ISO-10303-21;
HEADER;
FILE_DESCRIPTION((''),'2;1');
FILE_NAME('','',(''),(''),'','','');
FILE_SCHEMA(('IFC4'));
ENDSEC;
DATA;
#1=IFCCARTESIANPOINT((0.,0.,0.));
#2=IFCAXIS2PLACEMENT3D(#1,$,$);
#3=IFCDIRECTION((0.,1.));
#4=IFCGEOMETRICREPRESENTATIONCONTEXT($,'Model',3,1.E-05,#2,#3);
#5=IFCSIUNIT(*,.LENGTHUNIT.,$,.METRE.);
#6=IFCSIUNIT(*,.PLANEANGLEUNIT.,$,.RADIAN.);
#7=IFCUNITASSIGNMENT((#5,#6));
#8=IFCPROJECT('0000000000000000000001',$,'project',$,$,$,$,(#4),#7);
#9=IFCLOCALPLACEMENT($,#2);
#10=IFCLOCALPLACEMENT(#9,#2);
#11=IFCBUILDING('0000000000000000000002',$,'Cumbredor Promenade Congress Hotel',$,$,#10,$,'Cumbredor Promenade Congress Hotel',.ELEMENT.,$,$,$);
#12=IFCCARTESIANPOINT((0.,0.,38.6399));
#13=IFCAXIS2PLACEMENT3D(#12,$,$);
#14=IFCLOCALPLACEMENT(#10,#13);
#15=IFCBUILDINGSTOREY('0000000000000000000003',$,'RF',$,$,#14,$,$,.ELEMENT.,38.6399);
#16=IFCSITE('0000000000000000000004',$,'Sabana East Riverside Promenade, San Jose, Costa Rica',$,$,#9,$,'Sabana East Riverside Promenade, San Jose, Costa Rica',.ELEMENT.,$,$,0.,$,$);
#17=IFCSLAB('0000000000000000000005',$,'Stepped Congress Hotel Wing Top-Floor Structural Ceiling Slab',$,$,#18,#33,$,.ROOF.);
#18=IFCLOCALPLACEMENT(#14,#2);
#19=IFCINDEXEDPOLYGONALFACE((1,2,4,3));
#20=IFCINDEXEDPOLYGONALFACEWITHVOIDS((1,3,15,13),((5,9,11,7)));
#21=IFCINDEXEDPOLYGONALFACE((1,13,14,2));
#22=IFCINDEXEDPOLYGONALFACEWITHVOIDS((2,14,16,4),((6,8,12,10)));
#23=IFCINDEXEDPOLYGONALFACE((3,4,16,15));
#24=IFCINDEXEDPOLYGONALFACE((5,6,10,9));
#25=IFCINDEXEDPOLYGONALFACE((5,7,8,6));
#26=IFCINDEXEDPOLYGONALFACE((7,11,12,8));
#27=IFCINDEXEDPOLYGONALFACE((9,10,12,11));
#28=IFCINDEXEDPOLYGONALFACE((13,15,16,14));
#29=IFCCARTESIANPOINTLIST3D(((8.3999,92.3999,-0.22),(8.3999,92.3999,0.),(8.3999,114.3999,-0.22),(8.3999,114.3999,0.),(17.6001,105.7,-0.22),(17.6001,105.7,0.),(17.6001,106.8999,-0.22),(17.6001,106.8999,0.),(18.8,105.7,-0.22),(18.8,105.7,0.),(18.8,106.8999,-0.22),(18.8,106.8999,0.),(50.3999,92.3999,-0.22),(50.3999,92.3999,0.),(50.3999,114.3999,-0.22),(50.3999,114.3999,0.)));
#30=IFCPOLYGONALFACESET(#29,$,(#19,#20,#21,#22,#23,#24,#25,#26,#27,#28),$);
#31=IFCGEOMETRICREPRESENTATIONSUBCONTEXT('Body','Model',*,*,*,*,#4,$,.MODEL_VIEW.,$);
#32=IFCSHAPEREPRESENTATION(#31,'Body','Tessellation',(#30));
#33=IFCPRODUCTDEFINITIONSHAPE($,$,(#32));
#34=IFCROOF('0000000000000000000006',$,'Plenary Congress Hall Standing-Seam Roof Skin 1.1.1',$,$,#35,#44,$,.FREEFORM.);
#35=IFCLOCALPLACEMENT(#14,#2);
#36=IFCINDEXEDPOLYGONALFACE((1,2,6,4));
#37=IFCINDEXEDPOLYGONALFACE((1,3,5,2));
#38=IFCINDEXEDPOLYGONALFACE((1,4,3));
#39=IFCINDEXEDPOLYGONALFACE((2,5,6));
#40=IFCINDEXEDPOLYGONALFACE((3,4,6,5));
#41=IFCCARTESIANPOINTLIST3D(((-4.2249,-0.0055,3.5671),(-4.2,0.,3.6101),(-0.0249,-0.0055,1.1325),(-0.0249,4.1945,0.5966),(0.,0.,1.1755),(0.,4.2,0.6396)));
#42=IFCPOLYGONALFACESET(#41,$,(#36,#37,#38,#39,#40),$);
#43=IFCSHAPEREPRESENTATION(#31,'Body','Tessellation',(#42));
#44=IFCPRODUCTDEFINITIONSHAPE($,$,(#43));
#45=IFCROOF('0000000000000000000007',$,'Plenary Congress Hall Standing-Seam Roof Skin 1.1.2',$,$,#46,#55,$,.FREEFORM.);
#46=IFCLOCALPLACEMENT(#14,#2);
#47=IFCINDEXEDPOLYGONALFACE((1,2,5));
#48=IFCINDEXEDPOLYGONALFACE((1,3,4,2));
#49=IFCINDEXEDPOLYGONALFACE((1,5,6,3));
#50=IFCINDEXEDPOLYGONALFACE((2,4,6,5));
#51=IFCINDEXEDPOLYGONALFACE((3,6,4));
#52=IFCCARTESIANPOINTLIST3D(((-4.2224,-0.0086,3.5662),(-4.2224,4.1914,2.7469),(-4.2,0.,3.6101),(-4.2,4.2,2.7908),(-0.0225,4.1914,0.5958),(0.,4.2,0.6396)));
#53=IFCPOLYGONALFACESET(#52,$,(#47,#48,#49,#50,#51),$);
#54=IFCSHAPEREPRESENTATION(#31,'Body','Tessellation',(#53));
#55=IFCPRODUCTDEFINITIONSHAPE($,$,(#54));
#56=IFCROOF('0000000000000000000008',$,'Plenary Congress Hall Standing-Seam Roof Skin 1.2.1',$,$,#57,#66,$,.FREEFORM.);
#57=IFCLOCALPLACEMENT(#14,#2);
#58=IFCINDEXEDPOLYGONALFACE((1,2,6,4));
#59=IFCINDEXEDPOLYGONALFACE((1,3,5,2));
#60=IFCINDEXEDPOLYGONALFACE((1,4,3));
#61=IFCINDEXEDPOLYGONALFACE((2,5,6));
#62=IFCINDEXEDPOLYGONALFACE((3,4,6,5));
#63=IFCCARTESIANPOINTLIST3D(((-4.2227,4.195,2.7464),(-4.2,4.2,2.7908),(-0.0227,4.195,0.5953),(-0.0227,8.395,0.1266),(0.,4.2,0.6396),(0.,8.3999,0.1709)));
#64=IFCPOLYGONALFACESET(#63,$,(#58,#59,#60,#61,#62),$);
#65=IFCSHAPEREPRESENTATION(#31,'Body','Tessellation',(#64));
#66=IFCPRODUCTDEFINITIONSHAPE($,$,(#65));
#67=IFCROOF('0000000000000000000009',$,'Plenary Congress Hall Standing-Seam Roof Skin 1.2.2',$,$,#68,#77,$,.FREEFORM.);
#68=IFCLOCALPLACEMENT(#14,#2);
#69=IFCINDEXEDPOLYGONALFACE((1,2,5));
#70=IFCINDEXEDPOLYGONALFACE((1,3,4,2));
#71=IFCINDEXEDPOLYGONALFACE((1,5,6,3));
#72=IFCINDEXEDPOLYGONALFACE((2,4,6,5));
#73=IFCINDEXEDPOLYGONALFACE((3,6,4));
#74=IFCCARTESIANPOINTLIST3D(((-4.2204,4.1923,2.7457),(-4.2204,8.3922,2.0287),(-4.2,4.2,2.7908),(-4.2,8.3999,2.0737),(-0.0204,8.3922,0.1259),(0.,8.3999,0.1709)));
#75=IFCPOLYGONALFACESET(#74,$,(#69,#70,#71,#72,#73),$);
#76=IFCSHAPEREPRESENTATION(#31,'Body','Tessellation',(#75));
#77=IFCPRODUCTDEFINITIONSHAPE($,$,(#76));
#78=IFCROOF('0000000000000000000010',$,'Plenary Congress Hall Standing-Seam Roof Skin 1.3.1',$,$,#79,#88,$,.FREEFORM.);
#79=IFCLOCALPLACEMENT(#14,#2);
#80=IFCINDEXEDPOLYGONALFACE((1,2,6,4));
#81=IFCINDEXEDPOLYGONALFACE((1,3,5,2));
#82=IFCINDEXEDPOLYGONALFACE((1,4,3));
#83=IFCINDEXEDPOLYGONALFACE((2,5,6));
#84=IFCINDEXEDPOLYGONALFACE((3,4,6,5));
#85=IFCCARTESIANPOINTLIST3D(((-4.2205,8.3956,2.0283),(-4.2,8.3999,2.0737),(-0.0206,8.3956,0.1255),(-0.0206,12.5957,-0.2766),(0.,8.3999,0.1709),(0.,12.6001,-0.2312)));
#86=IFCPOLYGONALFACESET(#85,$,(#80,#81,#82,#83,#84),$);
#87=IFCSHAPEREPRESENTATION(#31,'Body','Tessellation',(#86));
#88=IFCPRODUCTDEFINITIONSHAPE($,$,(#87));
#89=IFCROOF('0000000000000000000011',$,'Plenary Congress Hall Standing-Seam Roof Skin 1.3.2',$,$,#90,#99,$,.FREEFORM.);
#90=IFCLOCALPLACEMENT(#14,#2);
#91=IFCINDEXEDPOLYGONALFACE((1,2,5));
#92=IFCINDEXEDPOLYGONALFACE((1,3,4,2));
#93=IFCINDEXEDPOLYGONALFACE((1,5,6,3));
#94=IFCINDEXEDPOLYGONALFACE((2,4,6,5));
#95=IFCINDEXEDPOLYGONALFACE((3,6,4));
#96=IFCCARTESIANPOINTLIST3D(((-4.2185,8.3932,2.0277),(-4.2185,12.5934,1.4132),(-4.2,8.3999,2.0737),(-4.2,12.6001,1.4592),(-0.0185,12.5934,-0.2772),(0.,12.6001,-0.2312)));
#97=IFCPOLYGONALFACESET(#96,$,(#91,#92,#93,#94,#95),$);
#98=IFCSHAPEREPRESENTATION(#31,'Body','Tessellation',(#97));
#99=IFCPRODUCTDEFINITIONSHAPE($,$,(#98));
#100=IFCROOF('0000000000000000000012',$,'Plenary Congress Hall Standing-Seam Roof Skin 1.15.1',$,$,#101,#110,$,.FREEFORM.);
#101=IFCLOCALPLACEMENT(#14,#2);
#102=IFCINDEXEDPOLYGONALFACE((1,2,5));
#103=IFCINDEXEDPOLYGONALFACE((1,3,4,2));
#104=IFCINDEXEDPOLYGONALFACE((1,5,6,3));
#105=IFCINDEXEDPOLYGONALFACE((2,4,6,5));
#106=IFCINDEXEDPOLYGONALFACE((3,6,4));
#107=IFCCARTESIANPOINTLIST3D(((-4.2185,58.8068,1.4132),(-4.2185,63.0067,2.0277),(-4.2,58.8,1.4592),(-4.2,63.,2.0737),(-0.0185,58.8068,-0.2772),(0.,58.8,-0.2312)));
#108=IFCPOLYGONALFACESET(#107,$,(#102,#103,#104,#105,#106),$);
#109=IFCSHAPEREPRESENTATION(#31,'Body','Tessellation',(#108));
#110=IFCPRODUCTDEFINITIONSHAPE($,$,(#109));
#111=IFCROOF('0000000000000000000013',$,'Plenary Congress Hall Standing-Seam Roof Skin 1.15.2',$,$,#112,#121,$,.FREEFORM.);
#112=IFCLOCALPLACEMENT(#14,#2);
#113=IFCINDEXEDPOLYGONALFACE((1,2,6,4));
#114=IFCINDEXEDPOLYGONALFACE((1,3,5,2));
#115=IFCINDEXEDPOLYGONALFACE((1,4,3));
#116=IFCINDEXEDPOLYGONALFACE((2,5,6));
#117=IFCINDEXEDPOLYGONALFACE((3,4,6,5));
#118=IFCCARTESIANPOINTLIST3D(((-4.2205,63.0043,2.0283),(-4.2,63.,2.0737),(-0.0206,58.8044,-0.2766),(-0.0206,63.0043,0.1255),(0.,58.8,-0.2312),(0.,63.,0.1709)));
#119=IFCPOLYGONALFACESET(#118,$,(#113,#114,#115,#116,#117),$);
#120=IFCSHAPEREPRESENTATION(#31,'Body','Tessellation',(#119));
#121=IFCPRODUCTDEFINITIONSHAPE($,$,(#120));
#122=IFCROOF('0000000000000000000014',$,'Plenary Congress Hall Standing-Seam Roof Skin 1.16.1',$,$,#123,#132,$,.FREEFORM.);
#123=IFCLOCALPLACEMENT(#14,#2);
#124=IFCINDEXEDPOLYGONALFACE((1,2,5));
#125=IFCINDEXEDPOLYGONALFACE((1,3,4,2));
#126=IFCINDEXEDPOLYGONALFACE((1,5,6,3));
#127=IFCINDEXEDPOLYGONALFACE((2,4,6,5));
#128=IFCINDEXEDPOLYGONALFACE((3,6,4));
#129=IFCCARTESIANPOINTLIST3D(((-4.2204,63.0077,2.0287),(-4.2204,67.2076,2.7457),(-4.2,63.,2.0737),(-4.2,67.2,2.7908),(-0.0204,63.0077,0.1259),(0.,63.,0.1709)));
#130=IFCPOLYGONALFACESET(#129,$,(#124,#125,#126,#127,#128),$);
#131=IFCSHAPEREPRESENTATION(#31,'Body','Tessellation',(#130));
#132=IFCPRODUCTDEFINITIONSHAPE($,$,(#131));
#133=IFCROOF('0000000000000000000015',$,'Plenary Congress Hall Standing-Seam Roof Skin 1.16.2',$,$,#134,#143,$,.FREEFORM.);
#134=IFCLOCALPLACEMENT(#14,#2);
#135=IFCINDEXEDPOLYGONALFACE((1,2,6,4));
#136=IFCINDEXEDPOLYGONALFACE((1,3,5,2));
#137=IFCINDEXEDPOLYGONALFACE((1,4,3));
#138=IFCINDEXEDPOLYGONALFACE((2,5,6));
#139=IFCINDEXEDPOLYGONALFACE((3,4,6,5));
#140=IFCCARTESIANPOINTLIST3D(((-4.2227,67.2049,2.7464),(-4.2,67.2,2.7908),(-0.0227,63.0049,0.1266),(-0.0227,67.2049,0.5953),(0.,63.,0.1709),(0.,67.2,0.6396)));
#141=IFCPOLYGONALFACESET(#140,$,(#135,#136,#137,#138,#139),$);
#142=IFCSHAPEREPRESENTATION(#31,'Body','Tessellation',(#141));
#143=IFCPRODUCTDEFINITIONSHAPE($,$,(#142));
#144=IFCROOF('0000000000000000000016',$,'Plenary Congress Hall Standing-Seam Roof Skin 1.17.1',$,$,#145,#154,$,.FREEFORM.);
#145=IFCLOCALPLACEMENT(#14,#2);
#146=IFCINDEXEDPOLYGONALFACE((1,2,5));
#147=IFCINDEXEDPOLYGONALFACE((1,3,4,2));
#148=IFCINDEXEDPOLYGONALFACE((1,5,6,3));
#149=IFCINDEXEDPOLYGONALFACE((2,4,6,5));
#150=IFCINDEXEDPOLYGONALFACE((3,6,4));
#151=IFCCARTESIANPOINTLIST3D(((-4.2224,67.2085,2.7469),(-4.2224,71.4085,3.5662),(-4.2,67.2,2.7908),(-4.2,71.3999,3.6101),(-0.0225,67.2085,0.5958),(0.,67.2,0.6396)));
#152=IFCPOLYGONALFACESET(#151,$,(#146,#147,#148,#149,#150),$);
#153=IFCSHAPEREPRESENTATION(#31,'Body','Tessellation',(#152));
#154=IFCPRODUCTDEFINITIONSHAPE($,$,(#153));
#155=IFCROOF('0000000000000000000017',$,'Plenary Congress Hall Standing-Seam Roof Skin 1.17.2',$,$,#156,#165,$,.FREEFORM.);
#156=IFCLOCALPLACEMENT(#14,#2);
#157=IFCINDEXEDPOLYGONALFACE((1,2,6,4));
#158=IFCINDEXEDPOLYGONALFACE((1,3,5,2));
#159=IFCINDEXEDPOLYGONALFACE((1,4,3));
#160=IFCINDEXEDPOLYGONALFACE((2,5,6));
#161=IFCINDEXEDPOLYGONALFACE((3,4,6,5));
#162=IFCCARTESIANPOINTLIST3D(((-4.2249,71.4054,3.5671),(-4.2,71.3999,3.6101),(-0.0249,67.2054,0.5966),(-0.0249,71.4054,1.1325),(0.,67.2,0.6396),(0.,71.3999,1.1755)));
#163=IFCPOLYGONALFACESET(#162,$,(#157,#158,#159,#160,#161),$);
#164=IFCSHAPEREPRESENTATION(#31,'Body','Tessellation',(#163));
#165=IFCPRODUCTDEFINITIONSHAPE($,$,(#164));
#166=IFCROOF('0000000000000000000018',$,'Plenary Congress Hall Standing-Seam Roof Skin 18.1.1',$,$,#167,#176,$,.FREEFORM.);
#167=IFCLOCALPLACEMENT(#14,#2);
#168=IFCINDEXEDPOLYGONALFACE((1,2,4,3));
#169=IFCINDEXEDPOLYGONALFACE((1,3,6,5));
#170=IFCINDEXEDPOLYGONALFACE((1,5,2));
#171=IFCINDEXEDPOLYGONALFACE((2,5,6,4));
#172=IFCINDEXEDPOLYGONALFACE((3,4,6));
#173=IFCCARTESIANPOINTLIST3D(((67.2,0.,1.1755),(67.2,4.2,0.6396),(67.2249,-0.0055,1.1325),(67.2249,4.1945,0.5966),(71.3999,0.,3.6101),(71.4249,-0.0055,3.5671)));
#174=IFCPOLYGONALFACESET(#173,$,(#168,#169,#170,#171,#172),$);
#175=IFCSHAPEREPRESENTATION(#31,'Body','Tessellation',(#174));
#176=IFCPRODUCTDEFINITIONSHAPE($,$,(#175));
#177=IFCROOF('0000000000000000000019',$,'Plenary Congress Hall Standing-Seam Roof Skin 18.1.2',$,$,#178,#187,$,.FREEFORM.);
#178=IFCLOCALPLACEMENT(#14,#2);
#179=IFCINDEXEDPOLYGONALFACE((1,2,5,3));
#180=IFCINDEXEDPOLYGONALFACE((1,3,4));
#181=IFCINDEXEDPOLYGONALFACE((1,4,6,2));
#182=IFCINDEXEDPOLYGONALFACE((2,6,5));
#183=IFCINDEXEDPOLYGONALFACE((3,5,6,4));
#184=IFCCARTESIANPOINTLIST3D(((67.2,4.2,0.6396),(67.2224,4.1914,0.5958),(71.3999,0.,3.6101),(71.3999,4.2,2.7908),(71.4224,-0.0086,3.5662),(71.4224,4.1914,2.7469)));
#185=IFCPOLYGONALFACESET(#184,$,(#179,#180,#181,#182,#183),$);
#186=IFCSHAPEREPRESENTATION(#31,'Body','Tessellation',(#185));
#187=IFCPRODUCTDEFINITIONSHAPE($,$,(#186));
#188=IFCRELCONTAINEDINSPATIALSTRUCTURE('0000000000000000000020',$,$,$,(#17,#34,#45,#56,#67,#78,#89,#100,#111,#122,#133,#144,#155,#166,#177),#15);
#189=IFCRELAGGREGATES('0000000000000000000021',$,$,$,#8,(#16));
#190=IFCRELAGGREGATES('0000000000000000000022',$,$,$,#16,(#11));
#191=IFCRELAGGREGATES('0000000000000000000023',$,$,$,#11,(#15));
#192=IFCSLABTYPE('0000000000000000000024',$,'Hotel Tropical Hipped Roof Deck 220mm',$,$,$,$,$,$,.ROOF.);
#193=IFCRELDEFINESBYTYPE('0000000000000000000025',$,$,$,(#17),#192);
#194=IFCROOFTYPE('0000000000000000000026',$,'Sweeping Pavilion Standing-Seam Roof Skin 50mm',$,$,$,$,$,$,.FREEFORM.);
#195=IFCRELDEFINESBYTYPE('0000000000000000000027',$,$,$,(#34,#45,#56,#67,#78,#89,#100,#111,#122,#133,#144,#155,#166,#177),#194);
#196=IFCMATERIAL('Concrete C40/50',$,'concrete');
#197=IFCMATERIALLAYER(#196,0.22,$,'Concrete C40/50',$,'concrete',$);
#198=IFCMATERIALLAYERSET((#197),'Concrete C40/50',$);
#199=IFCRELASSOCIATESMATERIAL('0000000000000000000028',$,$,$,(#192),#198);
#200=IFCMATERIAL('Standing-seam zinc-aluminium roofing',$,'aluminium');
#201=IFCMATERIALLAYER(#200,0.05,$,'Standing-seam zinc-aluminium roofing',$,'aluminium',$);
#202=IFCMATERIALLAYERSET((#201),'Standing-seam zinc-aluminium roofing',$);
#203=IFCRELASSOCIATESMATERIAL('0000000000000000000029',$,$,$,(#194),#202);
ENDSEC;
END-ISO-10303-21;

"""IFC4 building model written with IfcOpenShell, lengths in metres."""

from ifc_helpers import new_model, si_unit, direction, frame, origin, place, context, subcontext, project, spatial, polyline, outline, extrude, material, layer, layer_set, type_object, element, save


model = new_model("IFC4")

# Units and contexts
model_context = context("Model", 3, precision=1e-05, world=origin(), true_north=direction((0.0, 1.0)))
body_context = subcontext(model_context, "Body", "Model", "MODEL_VIEW")
ifc_project = project(units=[si_unit("LENGTHUNIT", "METRE"), si_unit("PLANEANGLEUNIT", "RADIAN")], contexts=[model_context])

# Site, building, storey
site_placement = place(None, origin())
site = spatial("IfcSite", under=ifc_project, at=site_placement, Name="Sabana East Riverside Promenade, San Jose, Costa Rica", LongName="Sabana East Riverside Promenade, San Jose, Costa Rica", CompositionType="ELEMENT", RefElevation=0.0)
building_placement = place(site_placement, origin())
building = spatial("IfcBuilding", under=site, at=building_placement, Name="Cumbredor Promenade Congress Hotel", LongName="Cumbredor Promenade Congress Hotel", CompositionType="ELEMENT")
storey_placement = place(building_placement, frame((0.0, 0.0, 38.6399)))
storey = spatial("IfcBuildingStorey", under=building, at=storey_placement, Name="RF", CompositionType="ELEMENT", Elevation=38.6399)

# Slab
ifc_material_1 = material(Name="Concrete C40/50", Category="concrete")
ifc_layer_1 = layer(ifc_material_1, 0.22, Name="Concrete C40/50", Category="concrete")
ifc_layer_set_1 = layer_set([ifc_layer_1], Name="Concrete C40/50")
slab_type_1 = type_object("IfcSlabType", Name="Hotel Tropical Hipped Roof Deck 220mm", PredefinedType="ROOF", material=ifc_layer_set_1)
slab_1_placement = place(storey_placement, frame((0.0, 0.0, -0.22)))
element("IfcSlab", 1, at=slab_1_placement, inside=storey, type_object=slab_type_1, Name="Stepped Congress Hotel Wing Top-Floor Structural Ceiling Slab", PredefinedType="ROOF", context=body_context, shape_type="SweptSolid", body=[
    extrude(outline(polyline([(8.3999, 92.3999), (50.3999, 92.3999), (50.3999, 114.3999), (8.3999, 114.3999), (8.3999, 92.3999)]), holes=[polyline([(17.6001, 105.7), (18.8, 105.7), (18.8, 106.8999), (17.6001, 106.8999), (17.6001, 105.7)])]), origin(), (0.0, 0.0, 1.0), 0.22),
])

# Roofs
ifc_material_2 = material(Name="Standing-seam zinc-aluminium roofing", Category="aluminium")
ifc_layer_2 = layer(ifc_material_2, 0.05, Name="Standing-seam zinc-aluminium roofing", Category="aluminium")
ifc_layer_set_2 = layer_set([ifc_layer_2], Name="Standing-seam zinc-aluminium roofing")
roof_type = type_object("IfcRoofType", Name="Sweeping Pavilion Standing-Seam Roof Skin 50mm", PredefinedType="FREEFORM", material=ifc_layer_set_2)
roof_1_placement = place(storey_placement, frame((-4.2, 0.0, 3.6101), z_axis=(0.498474, 0.109722, 0.859933), x_axis=(0.865156, 0.0, -0.501502)))
element("IfcRoof", 2, at=roof_1_placement, inside=storey, type_object=roof_type, Name="Plenary Congress Hall Standing-Seam Roof Skin 1.1.1", PredefinedType="FREEFORM", context=body_context, shape_type="SweptSolid", body=[
    extrude(outline(polyline([(0.0, 0.0), (4.8546, 0.0), (5.1233, 4.2255), (0.0, 0.0)])), origin(), (0.0, 0.0, -1.0), 0.05),
])
roof_2_placement = place(storey_placement, frame((-4.2, 0.0, 3.6101), z_axis=(0.449144, 0.171073, 0.876929), x_axis=(0.632428, 0.632428, -0.447291)))
element("IfcRoof", 3, at=roof_2_placement, inside=storey, type_object=roof_type, Name="Plenary Congress Hall Standing-Seam Roof Skin 1.1.2", PredefinedType="FREEFORM", context=body_context, shape_type="SweptSolid", body=[
    extrude(outline(polyline([(0.0, 0.0), (6.641, 0.0), (3.0226, 3.0289), (0.0, 0.0)])), origin(), (0.0, 0.0, -1.0), 0.05),
])
roof_3_placement = place(storey_placement, frame((-4.2, 4.2, 2.7908), z_axis=(0.453631, 0.098851, 0.88569), x_axis=(0.89005, 0.0, -0.455864)))
element("IfcRoof", 4, at=roof_3_placement, inside=storey, type_object=roof_type, Name="Plenary Congress Hall Standing-Seam Roof Skin 1.2.1", PredefinedType="FREEFORM", context=body_context, shape_type="SweptSolid", body=[
    extrude(outline(polyline([(0.0, 0.0), (4.7188, 0.0), (4.9325, 4.2206), (0.0, 0.0)])), origin(), (0.0, 0.0, -1.0), 0.05),
])
roof_4_placement = place(storey_placement, frame((-4.2, 4.2, 2.7908), z_axis=(0.40778, 0.153663, 0.900057), x_axis=(0.646967, 0.646967, -0.403569)))
element("IfcRoof", 5, at=roof_4_placement, inside=storey, type_object=roof_type, Name="Plenary Congress Hall Standing-Seam Roof Skin 1.2.2", PredefinedType="FREEFORM", context=body_context, shape_type="SweptSolid", body=[
    extrude(outline(polyline([(0.0, 0.0), (6.4918, 0.0), (3.0066, 3.019), (0.0, 0.0)])), origin(), (0.0, 0.0, -1.0), 0.05),
])
roof_5_placement = place(storey_placement, frame((-4.2, 8.3999, 2.0737), z_axis=(0.411122, 0.086872, 0.907432), x_axis=(0.910875, 0.0, -0.412682)))
element("IfcRoof", 6, at=roof_5_placement, inside=storey, type_object=roof_type, Name="Plenary Congress Hall Standing-Seam Roof Skin 1.3.1", PredefinedType="FREEFORM", context=body_context, shape_type="SweptSolid", body=[
    extrude(outline(polyline([(0.0, 0.0), (4.6109, 0.0), (4.7768, 4.2161), (0.0, 0.0)])), origin(), (0.0, 0.0, -1.0), 0.05),
])
roof_6_placement = place(storey_placement, frame((-4.2, 8.3999, 2.0737), z_axis=(0.369987, 0.134489, 0.919251), x_axis=(0.659195, 0.659233, -0.361766)))
element("IfcRoof", 7, at=roof_6_placement, inside=storey, type_object=roof_type, Name="Plenary Congress Hall Standing-Seam Roof Skin 1.3.2", PredefinedType="FREEFORM", context=body_context, shape_type="SweptSolid", body=[
    extrude(outline(polyline([(0.0, 0.0), (6.3713, 0.0), (2.9912, 3.012), (0.0, 0.0)])), origin(), (0.0, 0.0, -1.0), 0.05),
])
roof_7_placement = place(storey_placement, frame((-4.2, 58.8, 1.4592), z_axis=(0.369987, -0.134497, 0.91925), x_axis=(0.927679, 0.0, -0.373379)))
element("IfcRoof", 8, at=roof_7_placement, inside=storey, type_object=roof_type, Name="Plenary Congress Hall Standing-Seam Roof Skin 1.15.1", PredefinedType="FREEFORM", context=body_context, shape_type="SweptSolid", body=[
    extrude(outline(polyline([(0.0, 0.0), (4.5274, 0.0), (-0.2294, 4.2385), (0.0, 0.0)])), origin(), (0.0, 0.0, -1.0), 0.05),
])
roof_8_placement = place(storey_placement, frame((0.0, 58.8, -0.2312), z_axis=(0.411121, -0.086877, 0.907431), x_axis=(0.0, 0.995448, 0.095303)))
element("IfcRoof", 9, at=roof_8_placement, inside=storey, type_object=roof_type, Name="Plenary Congress Hall Standing-Seam Roof Skin 1.15.2", PredefinedType="FREEFORM", context=body_context, shape_type="SweptSolid", body=[
    extrude(outline(polyline([(0.0, 0.0), (4.2192, 0.0), (4.4005, 4.6073), (0.0, 0.0)])), origin(), (0.0, 0.0, -1.0), 0.05),
])
roof_9_placement = place(storey_placement, frame((-4.2, 63.0, 2.0737), z_axis=(0.40778, -0.153663, 0.900057), x_axis=(0.910875, 0.0, -0.412682)))
element("IfcRoof", 10, at=roof_9_placement, inside=storey, type_object=roof_type, Name="Plenary Congress Hall Standing-Seam Roof Skin 1.16.1", PredefinedType="FREEFORM", context=body_context, shape_type="SweptSolid", body=[
    extrude(outline(polyline([(0.0, 0.0), (4.6109, 0.0), (-0.2959, 4.2504), (0.0, 0.0)])), origin(), (0.0, 0.0, -1.0), 0.05),
])
roof_10_placement = place(storey_placement, frame((0.0, 63.0, 0.1709), z_axis=(0.453631, -0.098851, 0.88569), x_axis=(0.0, 0.993829, 0.11092)))
element("IfcRoof", 11, at=roof_10_placement, inside=storey, type_object=roof_type, Name="Plenary Congress Hall Standing-Seam Roof Skin 1.16.2", PredefinedType="FREEFORM", context=body_context, shape_type="SweptSolid", body=[
    extrude(outline(polyline([(0.0, 0.0), (4.226, 0.0), (4.4646, 4.7127), (0.0, 0.0)])), origin(), (0.0, 0.0, -1.0), 0.05),
])
roof_11_placement = place(storey_placement, frame((-4.2, 67.2, 2.7908), z_axis=(0.449144, -0.171073, 0.876929), x_axis=(0.89005, 0.0, -0.455864)))
element("IfcRoof", 12, at=roof_11_placement, inside=storey, type_object=roof_type, Name="Plenary Congress Hall Standing-Seam Roof Skin 1.17.1", PredefinedType="FREEFORM", context=body_context, shape_type="SweptSolid", body=[
    extrude(outline(polyline([(0.0, 0.0), (4.7188, 0.0), (-0.3735, 4.2628), (0.0, 0.0)])), origin(), (0.0, 0.0, -1.0), 0.05),
])
roof_12_placement = place(storey_placement, frame((0.0, 67.2, 0.6396), z_axis=(0.498474, -0.109722, 0.859933), x_axis=(0.0, 0.991958, 0.126568)))
element("IfcRoof", 13, at=roof_12_placement, inside=storey, type_object=roof_type, Name="Plenary Congress Hall Standing-Seam Roof Skin 1.17.2", PredefinedType="FREEFORM", context=body_context, shape_type="SweptSolid", body=[
    extrude(outline(polyline([(0.0, 0.0), (4.234, 0.0), (4.5421, 4.8448), (0.0, 0.0)])), origin(), (0.0, 0.0, -1.0), 0.05),
])
roof_13_placement = place(storey_placement, frame((67.2, 0.0, 1.1755), z_axis=(-0.498474, 0.109722, 0.859933), x_axis=(0.865156, 0.0, 0.501502)))
element("IfcRoof", 14, at=roof_13_placement, inside=storey, type_object=roof_type, Name="Plenary Congress Hall Standing-Seam Roof Skin 18.1.1", PredefinedType="FREEFORM", context=body_context, shape_type="SweptSolid", body=[
    extrude(outline(polyline([(0.0, 0.0), (4.8546, 0.0), (-0.2687, 4.2255), (0.0, 0.0)])), origin(), (0.0, 0.0, -1.0), 0.05),
])
roof_14_placement = place(storey_placement, frame((71.3999, 0.0, 3.6101), z_axis=(-0.449144, 0.171073, 0.876929), x_axis=(0.0, 0.981498, -0.191473)))
element("IfcRoof", 15, at=roof_14_placement, inside=storey, type_object=roof_type, Name="Plenary Congress Hall Standing-Seam Roof Skin 18.1.2", PredefinedType="FREEFORM", context=body_context, shape_type="SweptSolid", body=[
    extrude(outline(polyline([(0.0, 0.0), (4.2791, 0.0), (4.691, 4.7008), (0.0, 0.0)])), origin(), (0.0, 0.0, -1.0), 0.05),
])

save(model, "model.ifc")
